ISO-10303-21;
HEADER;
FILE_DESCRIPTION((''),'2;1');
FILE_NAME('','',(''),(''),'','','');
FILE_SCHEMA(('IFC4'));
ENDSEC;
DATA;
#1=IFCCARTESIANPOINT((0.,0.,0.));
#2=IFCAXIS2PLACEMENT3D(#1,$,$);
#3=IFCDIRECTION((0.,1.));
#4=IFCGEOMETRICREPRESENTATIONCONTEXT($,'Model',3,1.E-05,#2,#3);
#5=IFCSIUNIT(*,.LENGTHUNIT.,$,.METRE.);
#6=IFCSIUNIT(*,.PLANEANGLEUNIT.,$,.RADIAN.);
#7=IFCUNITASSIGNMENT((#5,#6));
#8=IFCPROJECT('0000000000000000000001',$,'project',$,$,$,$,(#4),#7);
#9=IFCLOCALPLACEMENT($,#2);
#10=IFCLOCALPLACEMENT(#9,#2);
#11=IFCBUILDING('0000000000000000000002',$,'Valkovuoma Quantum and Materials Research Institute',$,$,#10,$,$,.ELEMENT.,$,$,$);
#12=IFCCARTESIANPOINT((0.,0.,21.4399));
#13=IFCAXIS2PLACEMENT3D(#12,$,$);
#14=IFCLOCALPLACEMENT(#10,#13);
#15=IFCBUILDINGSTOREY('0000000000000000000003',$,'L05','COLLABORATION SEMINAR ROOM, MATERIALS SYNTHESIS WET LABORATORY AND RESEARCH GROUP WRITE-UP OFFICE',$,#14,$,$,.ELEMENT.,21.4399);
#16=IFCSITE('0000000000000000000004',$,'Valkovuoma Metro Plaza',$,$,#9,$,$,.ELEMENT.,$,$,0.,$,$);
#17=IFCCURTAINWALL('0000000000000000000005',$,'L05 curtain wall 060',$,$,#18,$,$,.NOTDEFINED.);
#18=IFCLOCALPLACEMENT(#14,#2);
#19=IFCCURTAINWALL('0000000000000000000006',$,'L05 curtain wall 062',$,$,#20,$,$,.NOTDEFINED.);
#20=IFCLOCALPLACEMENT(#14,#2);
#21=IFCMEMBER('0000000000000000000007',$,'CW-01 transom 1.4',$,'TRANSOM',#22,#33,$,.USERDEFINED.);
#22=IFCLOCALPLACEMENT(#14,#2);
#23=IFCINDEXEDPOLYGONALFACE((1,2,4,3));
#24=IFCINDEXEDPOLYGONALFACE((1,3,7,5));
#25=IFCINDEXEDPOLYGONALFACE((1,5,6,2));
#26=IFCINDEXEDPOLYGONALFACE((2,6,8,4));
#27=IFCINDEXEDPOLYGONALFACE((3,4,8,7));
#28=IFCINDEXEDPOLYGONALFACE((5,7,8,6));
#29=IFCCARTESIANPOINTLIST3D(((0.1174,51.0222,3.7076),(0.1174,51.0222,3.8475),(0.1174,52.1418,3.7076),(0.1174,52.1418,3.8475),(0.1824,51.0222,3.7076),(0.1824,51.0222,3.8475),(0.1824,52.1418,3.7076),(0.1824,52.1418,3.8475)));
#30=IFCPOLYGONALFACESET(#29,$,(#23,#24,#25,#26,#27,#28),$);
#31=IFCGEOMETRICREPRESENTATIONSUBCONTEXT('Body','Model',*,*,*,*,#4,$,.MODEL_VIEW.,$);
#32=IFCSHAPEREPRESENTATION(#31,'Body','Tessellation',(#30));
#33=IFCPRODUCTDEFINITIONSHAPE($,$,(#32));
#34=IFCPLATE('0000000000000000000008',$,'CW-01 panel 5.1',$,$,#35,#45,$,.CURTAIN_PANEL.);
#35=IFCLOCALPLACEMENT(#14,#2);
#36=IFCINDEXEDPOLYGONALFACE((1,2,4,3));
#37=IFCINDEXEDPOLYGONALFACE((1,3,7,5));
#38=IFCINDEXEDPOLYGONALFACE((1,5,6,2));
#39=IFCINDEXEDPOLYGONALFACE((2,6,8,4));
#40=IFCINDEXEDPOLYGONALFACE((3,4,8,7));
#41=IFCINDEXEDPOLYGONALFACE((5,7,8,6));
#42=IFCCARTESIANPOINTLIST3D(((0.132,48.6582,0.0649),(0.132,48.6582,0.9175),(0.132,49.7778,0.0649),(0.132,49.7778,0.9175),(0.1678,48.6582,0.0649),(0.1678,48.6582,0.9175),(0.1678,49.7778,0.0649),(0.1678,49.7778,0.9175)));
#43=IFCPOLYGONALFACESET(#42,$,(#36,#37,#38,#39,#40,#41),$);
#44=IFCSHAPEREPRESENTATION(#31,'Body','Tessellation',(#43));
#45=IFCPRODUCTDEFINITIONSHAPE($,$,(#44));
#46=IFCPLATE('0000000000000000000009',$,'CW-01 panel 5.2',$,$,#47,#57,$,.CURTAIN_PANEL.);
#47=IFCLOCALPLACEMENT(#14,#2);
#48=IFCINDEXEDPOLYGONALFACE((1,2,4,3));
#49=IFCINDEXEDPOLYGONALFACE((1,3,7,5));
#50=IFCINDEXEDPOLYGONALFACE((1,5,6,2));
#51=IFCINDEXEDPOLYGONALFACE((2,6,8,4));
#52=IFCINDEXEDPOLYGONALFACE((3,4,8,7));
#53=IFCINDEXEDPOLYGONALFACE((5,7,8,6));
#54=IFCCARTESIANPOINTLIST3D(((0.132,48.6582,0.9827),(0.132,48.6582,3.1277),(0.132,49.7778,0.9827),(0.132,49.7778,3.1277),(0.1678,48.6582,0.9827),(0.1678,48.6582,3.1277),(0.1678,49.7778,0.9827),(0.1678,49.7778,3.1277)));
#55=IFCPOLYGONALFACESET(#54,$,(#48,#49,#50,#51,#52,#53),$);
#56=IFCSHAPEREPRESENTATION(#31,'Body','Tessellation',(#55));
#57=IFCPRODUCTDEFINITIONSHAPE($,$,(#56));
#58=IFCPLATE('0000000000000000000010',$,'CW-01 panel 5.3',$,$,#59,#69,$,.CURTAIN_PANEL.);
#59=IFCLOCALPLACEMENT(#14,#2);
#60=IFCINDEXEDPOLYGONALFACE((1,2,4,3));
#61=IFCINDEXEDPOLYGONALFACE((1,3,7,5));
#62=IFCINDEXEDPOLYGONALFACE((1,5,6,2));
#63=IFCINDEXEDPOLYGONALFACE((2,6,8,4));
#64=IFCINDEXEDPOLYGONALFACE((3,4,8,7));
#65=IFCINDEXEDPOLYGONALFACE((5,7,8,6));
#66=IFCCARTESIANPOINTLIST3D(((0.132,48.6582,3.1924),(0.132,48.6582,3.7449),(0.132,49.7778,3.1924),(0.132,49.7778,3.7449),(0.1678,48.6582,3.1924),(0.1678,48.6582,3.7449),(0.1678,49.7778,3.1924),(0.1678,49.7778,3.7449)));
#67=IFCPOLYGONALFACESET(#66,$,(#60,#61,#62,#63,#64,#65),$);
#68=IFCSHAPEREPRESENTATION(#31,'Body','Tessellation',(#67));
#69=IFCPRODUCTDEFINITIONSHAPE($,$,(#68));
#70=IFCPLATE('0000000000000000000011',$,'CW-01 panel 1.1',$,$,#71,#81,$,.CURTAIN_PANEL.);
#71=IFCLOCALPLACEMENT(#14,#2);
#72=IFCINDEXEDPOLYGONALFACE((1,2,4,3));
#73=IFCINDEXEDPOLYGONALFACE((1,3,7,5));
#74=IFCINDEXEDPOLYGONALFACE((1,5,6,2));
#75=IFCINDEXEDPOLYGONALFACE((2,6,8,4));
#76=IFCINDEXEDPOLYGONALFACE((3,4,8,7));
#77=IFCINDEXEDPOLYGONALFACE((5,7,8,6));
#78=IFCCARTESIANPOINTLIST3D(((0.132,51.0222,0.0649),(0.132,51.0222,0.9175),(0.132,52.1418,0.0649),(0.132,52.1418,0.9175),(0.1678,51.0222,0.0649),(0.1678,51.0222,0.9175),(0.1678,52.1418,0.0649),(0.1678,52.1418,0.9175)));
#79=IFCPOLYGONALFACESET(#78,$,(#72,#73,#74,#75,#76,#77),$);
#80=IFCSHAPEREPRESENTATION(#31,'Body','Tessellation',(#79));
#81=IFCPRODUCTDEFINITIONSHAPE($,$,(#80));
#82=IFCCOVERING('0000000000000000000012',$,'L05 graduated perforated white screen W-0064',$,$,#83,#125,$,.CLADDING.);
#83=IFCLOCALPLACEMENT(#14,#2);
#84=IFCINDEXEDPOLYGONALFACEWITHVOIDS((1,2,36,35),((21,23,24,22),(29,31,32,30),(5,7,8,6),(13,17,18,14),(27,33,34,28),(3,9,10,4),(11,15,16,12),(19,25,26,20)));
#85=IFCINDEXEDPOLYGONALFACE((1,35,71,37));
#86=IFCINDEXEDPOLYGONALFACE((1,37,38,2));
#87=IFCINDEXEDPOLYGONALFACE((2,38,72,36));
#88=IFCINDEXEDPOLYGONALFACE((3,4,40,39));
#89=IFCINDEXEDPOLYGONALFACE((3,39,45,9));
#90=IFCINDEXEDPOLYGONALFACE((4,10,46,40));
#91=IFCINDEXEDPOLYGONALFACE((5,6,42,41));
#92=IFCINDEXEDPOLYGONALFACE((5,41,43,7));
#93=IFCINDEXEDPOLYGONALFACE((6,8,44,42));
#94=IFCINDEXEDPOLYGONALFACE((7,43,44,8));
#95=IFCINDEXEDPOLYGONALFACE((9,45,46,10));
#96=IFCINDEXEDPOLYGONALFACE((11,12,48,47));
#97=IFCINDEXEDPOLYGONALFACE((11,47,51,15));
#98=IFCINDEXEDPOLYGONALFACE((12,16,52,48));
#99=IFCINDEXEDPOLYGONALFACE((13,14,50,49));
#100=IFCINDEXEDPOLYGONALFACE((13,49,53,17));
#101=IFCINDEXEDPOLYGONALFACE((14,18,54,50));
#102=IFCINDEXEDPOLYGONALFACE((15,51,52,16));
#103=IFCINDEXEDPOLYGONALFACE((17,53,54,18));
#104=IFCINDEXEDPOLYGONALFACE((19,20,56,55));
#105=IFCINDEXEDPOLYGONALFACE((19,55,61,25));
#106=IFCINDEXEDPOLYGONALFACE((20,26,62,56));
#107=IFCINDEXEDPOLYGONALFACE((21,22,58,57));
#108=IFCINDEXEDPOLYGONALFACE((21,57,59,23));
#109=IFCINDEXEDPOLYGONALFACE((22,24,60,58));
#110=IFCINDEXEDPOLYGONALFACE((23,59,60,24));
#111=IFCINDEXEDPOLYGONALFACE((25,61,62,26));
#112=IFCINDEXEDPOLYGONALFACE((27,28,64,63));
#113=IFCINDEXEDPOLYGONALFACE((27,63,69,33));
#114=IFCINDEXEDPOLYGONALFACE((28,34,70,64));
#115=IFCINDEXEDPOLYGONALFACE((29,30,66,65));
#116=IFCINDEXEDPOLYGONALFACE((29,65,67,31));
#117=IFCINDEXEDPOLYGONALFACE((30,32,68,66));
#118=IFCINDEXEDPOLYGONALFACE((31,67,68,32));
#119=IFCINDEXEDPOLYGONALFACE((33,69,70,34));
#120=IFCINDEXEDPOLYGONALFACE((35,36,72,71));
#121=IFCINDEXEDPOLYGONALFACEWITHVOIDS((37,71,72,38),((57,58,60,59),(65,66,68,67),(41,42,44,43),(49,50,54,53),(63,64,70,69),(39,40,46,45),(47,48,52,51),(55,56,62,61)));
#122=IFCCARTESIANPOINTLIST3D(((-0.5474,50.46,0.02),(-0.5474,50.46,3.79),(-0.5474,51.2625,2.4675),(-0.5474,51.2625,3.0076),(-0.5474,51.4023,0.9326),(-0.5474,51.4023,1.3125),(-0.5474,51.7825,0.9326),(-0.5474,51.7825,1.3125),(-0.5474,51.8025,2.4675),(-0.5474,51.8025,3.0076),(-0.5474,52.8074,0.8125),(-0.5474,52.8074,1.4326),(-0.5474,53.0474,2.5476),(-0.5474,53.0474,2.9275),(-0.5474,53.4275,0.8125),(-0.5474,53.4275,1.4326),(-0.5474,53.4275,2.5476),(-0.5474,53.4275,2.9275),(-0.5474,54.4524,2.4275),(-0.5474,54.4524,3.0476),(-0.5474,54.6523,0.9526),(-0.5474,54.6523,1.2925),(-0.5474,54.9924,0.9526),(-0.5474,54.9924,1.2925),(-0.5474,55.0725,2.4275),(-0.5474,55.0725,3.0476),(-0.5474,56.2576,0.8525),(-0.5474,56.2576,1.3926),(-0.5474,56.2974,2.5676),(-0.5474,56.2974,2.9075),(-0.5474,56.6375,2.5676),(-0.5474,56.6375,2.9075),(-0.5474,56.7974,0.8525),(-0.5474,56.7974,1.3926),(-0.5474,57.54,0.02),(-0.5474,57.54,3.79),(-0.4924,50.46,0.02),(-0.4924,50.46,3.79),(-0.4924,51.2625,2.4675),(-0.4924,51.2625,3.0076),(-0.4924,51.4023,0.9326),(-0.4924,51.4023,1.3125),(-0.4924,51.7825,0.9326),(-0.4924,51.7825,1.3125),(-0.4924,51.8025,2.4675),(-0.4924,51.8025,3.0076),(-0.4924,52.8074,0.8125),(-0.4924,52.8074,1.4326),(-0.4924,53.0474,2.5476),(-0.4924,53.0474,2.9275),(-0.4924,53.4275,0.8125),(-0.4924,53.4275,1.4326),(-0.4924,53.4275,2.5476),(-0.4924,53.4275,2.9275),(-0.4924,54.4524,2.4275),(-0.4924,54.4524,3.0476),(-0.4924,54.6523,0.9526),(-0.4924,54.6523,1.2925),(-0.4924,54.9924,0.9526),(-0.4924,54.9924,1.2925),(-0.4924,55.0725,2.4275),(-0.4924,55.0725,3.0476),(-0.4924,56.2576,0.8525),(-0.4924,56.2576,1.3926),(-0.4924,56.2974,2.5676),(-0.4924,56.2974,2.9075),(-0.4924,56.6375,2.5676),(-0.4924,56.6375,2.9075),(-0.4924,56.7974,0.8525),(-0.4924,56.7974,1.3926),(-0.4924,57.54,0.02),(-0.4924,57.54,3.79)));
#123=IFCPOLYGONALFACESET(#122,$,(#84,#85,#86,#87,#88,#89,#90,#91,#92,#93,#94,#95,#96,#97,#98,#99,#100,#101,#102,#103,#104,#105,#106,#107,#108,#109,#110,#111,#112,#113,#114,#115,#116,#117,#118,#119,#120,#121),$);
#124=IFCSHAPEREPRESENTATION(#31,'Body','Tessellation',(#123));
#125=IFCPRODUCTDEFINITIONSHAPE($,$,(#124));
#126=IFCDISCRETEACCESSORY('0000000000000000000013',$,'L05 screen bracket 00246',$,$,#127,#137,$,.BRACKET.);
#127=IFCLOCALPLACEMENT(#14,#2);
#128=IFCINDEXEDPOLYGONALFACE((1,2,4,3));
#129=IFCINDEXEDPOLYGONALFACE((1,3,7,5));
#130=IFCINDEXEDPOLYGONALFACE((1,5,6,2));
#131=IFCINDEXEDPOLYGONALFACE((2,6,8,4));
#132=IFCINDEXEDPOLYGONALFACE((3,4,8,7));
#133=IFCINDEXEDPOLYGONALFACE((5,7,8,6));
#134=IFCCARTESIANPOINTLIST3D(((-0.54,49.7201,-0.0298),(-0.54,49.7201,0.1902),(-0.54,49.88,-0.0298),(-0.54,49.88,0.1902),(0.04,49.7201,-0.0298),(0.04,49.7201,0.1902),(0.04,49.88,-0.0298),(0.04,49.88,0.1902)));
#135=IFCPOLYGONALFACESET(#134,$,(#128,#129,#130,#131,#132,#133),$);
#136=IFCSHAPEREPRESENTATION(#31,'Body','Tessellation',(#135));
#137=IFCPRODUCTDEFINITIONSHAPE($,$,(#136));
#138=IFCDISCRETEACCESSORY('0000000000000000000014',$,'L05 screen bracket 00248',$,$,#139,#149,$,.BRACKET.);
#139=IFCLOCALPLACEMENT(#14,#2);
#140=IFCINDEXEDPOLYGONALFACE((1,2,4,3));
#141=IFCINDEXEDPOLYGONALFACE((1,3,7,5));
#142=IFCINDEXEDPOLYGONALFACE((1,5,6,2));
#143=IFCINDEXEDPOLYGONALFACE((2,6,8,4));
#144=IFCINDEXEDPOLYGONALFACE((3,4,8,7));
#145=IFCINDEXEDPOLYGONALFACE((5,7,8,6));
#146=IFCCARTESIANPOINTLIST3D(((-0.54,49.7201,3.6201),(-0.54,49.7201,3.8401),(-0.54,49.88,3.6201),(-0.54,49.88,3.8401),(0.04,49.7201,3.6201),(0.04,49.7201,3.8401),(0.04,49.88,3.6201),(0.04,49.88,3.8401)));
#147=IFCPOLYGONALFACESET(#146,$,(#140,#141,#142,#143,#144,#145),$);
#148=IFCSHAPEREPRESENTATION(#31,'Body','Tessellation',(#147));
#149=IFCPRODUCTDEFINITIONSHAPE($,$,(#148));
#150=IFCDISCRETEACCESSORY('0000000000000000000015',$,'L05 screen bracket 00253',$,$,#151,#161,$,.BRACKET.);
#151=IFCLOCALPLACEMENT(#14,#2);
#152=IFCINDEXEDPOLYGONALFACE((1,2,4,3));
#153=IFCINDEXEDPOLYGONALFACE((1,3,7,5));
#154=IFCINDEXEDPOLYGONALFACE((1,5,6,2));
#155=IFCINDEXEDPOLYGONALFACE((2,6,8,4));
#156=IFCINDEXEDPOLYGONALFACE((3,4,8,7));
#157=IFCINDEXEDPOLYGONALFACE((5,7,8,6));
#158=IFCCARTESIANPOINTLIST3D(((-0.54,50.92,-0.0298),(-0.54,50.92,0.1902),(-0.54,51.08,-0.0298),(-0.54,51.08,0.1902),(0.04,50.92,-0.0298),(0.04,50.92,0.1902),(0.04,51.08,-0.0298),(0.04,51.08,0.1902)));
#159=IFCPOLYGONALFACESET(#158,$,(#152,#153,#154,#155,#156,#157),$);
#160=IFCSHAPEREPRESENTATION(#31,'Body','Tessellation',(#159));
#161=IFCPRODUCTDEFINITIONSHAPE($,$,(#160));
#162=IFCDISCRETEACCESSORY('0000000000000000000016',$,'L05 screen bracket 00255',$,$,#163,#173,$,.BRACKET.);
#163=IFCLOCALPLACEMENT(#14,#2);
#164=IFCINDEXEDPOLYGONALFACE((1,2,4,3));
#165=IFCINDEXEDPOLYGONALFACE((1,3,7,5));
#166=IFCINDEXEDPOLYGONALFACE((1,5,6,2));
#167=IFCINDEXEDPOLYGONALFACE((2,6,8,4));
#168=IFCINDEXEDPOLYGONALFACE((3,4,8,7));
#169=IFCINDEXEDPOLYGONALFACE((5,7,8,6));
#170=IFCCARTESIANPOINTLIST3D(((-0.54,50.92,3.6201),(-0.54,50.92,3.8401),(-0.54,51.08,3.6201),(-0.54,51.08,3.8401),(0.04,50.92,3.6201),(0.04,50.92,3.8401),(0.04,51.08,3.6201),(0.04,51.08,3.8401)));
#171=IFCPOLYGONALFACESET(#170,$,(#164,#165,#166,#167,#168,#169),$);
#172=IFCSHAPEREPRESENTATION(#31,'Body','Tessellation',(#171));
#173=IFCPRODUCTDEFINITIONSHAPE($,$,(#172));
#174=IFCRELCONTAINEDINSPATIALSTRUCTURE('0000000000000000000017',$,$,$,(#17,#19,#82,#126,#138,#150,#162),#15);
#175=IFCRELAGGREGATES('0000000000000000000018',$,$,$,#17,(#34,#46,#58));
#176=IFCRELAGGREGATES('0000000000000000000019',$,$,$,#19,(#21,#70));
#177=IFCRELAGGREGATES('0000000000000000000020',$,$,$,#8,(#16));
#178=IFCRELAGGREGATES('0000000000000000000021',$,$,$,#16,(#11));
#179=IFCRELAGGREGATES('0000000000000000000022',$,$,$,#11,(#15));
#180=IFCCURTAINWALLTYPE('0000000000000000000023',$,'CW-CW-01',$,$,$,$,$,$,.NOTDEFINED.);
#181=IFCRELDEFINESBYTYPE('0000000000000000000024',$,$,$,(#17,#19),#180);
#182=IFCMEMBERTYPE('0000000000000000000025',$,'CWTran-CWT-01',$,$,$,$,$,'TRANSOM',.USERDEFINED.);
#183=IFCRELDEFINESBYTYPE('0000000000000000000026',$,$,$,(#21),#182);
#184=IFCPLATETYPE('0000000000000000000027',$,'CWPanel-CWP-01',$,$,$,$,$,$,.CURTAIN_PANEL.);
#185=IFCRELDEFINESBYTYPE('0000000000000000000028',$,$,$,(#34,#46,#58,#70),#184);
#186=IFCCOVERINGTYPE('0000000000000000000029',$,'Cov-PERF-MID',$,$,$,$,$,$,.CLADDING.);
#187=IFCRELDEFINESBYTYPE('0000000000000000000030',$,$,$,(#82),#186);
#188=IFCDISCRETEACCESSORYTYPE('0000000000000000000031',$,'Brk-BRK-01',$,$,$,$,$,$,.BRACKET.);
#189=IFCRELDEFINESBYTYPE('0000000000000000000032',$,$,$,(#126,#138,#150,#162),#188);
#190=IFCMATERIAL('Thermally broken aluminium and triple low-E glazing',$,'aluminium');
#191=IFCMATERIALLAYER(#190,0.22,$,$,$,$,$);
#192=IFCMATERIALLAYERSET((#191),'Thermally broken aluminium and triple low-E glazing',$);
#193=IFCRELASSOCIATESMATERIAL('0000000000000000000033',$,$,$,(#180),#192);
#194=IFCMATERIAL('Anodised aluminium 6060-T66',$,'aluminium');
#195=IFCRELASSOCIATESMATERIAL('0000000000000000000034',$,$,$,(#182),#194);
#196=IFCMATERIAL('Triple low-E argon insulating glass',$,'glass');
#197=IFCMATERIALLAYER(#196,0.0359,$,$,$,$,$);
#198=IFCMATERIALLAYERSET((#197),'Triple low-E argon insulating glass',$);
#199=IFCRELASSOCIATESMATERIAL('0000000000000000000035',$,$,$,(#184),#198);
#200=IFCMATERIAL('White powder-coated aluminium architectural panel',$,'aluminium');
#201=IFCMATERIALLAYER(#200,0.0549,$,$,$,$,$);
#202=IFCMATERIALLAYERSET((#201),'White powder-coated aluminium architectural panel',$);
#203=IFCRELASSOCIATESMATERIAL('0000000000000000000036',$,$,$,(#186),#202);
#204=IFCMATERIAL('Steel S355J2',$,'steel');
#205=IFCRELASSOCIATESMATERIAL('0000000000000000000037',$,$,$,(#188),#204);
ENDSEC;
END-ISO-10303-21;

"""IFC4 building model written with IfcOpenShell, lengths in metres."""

from ifc_helpers import new_model, si_unit, direction, frame, origin, origin_2d, place, context, subcontext, project, spatial, polyline, rectangle, outline, extrude, material, layer, layer_set, material_profile, profile_set, type_object, element, aggregate, save


model = new_model("IFC4")

# Units and contexts
model_context = context("Model", 3, precision=1e-05, world=origin(), true_north=direction((0.0, 1.0)))
body_context = subcontext(model_context, "Body", "Model", "MODEL_VIEW")
ifc_project = project(units=[si_unit("LENGTHUNIT", "METRE"), si_unit("PLANEANGLEUNIT", "RADIAN")], contexts=[model_context])

# Site, building, storey
site_placement = place(None, origin())
site = spatial("IfcSite", under=ifc_project, at=site_placement, Name="Valkovuoma Metro Plaza", CompositionType="ELEMENT", RefElevation=0.0)
building_placement = place(site_placement, origin())
building = spatial("IfcBuilding", under=site, at=building_placement, Name="Valkovuoma Quantum and Materials Research Institute", CompositionType="ELEMENT")
storey_placement = place(building_placement, frame((0.0, 0.0, 21.4399)))
storey = spatial("IfcBuildingStorey", under=building, at=storey_placement, Name="L05", Description="COLLABORATION SEMINAR ROOM, MATERIALS SYNTHESIS WET LABORATORY AND RESEARCH GROUP WRITE-UP OFFICE", CompositionType="ELEMENT", Elevation=21.4399)

# Curtain walls
ifc_material_1 = material(Name="Thermally broken aluminium and triple low-E glazing", Category="aluminium")
ifc_layer_1 = layer(ifc_material_1, 0.22)
ifc_layer_set_1 = layer_set([ifc_layer_1], Name="Thermally broken aluminium and triple low-E glazing")
curtain_wall_type = type_object("IfcCurtainWallType", Name="CW-CW-01", PredefinedType="NOTDEFINED", material=ifc_layer_set_1)
curtain_wall_1_placement = place(storey_placement, origin())
curtain_wall_1 = element("IfcCurtainWall", 1, at=curtain_wall_1_placement, inside=storey, type_object=curtain_wall_type, Name="L05 curtain wall 060", PredefinedType="NOTDEFINED")
curtain_wall_2_placement = place(storey_placement, origin())
curtain_wall_2 = element("IfcCurtainWall", 2, at=curtain_wall_2_placement, inside=storey, type_object=curtain_wall_type, Name="L05 curtain wall 062", PredefinedType="NOTDEFINED")

# Member
ifc_material_2 = material(Name="Anodised aluminium 6060-T66", Category="aluminium")
ifc_material_profile_1 = material_profile(ifc_material_2, rectangle(XDim=0.0649, YDim=0.1399, at=origin_2d()), Name="Anodised aluminium 6060-T66")
ifc_profile_set_1 = profile_set([ifc_material_profile_1], Name="Anodised aluminium 6060-T66")
member_type_1 = type_object("IfcMemberType", Name="CWTran-CWT-01", ElementType="TRANSOM", PredefinedType="USERDEFINED", material=ifc_profile_set_1)
member_1_placement = place(storey_placement, frame((0.1499, 51.0222, 3.7776), z_axis=(0.0, 1.0, 0.0), x_axis=(-1.0, 0.0, 0.0)))
member_1 = element("IfcMember", 3, at=member_1_placement, type_object=member_type_1, Name="CW-01 transom 1.4", ObjectType="TRANSOM", PredefinedType="USERDEFINED", context=body_context, shape_type="SweptSolid", body=[
    extrude(rectangle(XDim=0.0649, YDim=0.1399, at=origin_2d()), origin(), (0.0, 0.0, 1.0), 1.1196),
])

# Plates
ifc_material_3 = material(Name="Triple low-E argon insulating glass", Category="glass")
ifc_layer_2 = layer(ifc_material_3, 0.0359)
ifc_layer_set_2 = layer_set([ifc_layer_2], Name="Triple low-E argon insulating glass")
plate_type = type_object("IfcPlateType", Name="CWPanel-CWP-01", PredefinedType="CURTAIN_PANEL", material=ifc_layer_set_2)
plate_1_placement = place(storey_placement, frame((0.1499, 49.218, 0.0649), z_axis=(0.0, 0.0, 1.0), x_axis=(0.0, 1.0, 0.0)))
plate_1 = element("IfcPlate", 4, at=plate_1_placement, type_object=plate_type, Name="CW-01 panel 5.1", PredefinedType="CURTAIN_PANEL", context=body_context, shape_type="SweptSolid", body=[
    extrude(rectangle(XDim=1.1196, YDim=0.0359, at=origin_2d()), origin(), (0.0, 0.0, 1.0), 0.8525),
])
plate_2_placement = place(storey_placement, frame((0.1499, 49.218, 0.9827), z_axis=(0.0, 0.0, 1.0), x_axis=(0.0, 1.0, 0.0)))
plate_2 = element("IfcPlate", 5, at=plate_2_placement, type_object=plate_type, Name="CW-01 panel 5.2", PredefinedType="CURTAIN_PANEL", context=body_context, shape_type="SweptSolid", body=[
    extrude(rectangle(XDim=1.1196, YDim=0.0359, at=origin_2d()), origin(), (0.0, 0.0, 1.0), 2.145),
])
plate_3_placement = place(storey_placement, frame((0.1499, 49.218, 3.1924), z_axis=(0.0, 0.0, 1.0), x_axis=(0.0, 1.0, 0.0)))
plate_3 = element("IfcPlate", 6, at=plate_3_placement, type_object=plate_type, Name="CW-01 panel 5.3", PredefinedType="CURTAIN_PANEL", context=body_context, shape_type="SweptSolid", body=[
    extrude(rectangle(XDim=1.1196, YDim=0.0359, at=origin_2d()), origin(), (0.0, 0.0, 1.0), 0.5525),
])
aggregate(curtain_wall_1, [plate_1, plate_2, plate_3])
plate_4_placement = place(storey_placement, frame((0.1499, 51.582, 0.0649), z_axis=(0.0, 0.0, 1.0), x_axis=(0.0, 1.0, 0.0)))
plate_4 = element("IfcPlate", 7, at=plate_4_placement, type_object=plate_type, Name="CW-01 panel 1.1", PredefinedType="CURTAIN_PANEL", context=body_context, shape_type="SweptSolid", body=[
    extrude(rectangle(XDim=1.1196, YDim=0.0359, at=origin_2d()), origin(), (0.0, 0.0, 1.0), 0.8525),
])
aggregate(curtain_wall_2, [member_1, plate_4])

# Covering
ifc_material_4 = material(Name="White powder-coated aluminium architectural panel", Category="aluminium")
ifc_layer_3 = layer(ifc_material_4, 0.0549)
ifc_layer_set_3 = layer_set([ifc_layer_3], Name="White powder-coated aluminium architectural panel")
covering_type = type_object("IfcCoveringType", Name="Cov-PERF-MID", PredefinedType="CLADDING", material=ifc_layer_set_3)
covering_placement = place(storey_placement, frame((-0.52, 50.46, 0.02), z_axis=(0.0, 0.0, 1.0), x_axis=(0.0, 1.0, 0.0)))
element("IfcCovering", 8, at=covering_placement, inside=storey, type_object=covering_type, Name="L05 graduated perforated white screen W-0064", PredefinedType="CLADDING", context=body_context, shape_type="SweptSolid", body=[
    extrude(outline(polyline([(0.0, 0.0), (7.0801, 0.0), (7.0801, 3.77), (0.0, 3.77), (0.0, 0.0)]), holes=[polyline([(0.9424, 0.9126), (0.9424, 1.2925), (1.3225, 1.2925), (1.3225, 0.9126), (0.9424, 0.9126)]), polyline([(0.8025, 2.4475), (0.8025, 2.9875), (1.3425, 2.9875), (1.3425, 2.4475), (0.8025, 2.4475)]), polyline([(2.3474, 0.7925), (2.3474, 1.4126), (2.9675, 1.4126), (2.9675, 0.7925), (2.3474, 0.7925)]), polyline([(2.5874, 2.5276), (2.5874, 2.9075), (2.9675, 2.9075), (2.9675, 2.5276), (2.5874, 2.5276)]), polyline([(4.1924, 0.9326), (4.1924, 1.2725), (4.5325, 1.2725), (4.5325, 0.9326), (4.1924, 0.9326)]), polyline([(3.9924, 2.4075), (3.9924, 3.0276), (4.6125, 3.0276), (4.6125, 2.4075), (3.9924, 2.4075)]), polyline([(5.7976, 0.8325), (5.7976, 1.3726), (6.3374, 1.3726), (6.3374, 0.8325), (5.7976, 0.8325)]), polyline([(5.8374, 2.5476), (5.8374, 2.8875), (6.1775, 2.8875), (6.1775, 2.5476), (5.8374, 2.5476)])]), frame((0.0, 0.0273, 0.0), z_axis=(0.0, -1.0, 0.0), x_axis=(1.0, 0.0, 0.0)), (0.0, 0.0, 1.0), 0.0549),
])

# Discrete accessories
ifc_material_5 = material(Name="Steel S355J2", Category="steel")
discrete_accessory_type = type_object("IfcDiscreteAccessoryType", Name="Brk-BRK-01", PredefinedType="BRACKET", material=ifc_material_5)
for number, where, z_axis, x_axis, name in (
    (9, (-0.25, 49.8, -0.0298), (0.0, 0.0, 1.0), (1.0, 0.0, 0.0), "L05 screen bracket 00246"),
    (10, (-0.25, 49.8, 3.6201), (0.0, 0.0, 1.0), (1.0, 0.0, 0.0), "L05 screen bracket 00248"),
    (11, (-0.25, 51.0, -0.0298), (0.0, 0.0, 1.0), (1.0, 0.0, 0.0), "L05 screen bracket 00253"),
    (12, (-0.25, 51.0, 3.6201), (0.0, 0.0, 1.0), (1.0, 0.0, 0.0), "L05 screen bracket 00255"),
):
    element("IfcDiscreteAccessory", number, at=place(storey_placement, frame(where, z_axis=z_axis, x_axis=x_axis)), inside=storey, type_object=discrete_accessory_type, Name=name, PredefinedType="BRACKET", context=body_context, shape_type="SweptSolid", body=[
        extrude(rectangle(XDim=0.5801, YDim=0.1599, at=origin_2d()), origin(), (0.0, 0.0, 1.0), 0.22),
    ])

save(model, "model.ifc")
